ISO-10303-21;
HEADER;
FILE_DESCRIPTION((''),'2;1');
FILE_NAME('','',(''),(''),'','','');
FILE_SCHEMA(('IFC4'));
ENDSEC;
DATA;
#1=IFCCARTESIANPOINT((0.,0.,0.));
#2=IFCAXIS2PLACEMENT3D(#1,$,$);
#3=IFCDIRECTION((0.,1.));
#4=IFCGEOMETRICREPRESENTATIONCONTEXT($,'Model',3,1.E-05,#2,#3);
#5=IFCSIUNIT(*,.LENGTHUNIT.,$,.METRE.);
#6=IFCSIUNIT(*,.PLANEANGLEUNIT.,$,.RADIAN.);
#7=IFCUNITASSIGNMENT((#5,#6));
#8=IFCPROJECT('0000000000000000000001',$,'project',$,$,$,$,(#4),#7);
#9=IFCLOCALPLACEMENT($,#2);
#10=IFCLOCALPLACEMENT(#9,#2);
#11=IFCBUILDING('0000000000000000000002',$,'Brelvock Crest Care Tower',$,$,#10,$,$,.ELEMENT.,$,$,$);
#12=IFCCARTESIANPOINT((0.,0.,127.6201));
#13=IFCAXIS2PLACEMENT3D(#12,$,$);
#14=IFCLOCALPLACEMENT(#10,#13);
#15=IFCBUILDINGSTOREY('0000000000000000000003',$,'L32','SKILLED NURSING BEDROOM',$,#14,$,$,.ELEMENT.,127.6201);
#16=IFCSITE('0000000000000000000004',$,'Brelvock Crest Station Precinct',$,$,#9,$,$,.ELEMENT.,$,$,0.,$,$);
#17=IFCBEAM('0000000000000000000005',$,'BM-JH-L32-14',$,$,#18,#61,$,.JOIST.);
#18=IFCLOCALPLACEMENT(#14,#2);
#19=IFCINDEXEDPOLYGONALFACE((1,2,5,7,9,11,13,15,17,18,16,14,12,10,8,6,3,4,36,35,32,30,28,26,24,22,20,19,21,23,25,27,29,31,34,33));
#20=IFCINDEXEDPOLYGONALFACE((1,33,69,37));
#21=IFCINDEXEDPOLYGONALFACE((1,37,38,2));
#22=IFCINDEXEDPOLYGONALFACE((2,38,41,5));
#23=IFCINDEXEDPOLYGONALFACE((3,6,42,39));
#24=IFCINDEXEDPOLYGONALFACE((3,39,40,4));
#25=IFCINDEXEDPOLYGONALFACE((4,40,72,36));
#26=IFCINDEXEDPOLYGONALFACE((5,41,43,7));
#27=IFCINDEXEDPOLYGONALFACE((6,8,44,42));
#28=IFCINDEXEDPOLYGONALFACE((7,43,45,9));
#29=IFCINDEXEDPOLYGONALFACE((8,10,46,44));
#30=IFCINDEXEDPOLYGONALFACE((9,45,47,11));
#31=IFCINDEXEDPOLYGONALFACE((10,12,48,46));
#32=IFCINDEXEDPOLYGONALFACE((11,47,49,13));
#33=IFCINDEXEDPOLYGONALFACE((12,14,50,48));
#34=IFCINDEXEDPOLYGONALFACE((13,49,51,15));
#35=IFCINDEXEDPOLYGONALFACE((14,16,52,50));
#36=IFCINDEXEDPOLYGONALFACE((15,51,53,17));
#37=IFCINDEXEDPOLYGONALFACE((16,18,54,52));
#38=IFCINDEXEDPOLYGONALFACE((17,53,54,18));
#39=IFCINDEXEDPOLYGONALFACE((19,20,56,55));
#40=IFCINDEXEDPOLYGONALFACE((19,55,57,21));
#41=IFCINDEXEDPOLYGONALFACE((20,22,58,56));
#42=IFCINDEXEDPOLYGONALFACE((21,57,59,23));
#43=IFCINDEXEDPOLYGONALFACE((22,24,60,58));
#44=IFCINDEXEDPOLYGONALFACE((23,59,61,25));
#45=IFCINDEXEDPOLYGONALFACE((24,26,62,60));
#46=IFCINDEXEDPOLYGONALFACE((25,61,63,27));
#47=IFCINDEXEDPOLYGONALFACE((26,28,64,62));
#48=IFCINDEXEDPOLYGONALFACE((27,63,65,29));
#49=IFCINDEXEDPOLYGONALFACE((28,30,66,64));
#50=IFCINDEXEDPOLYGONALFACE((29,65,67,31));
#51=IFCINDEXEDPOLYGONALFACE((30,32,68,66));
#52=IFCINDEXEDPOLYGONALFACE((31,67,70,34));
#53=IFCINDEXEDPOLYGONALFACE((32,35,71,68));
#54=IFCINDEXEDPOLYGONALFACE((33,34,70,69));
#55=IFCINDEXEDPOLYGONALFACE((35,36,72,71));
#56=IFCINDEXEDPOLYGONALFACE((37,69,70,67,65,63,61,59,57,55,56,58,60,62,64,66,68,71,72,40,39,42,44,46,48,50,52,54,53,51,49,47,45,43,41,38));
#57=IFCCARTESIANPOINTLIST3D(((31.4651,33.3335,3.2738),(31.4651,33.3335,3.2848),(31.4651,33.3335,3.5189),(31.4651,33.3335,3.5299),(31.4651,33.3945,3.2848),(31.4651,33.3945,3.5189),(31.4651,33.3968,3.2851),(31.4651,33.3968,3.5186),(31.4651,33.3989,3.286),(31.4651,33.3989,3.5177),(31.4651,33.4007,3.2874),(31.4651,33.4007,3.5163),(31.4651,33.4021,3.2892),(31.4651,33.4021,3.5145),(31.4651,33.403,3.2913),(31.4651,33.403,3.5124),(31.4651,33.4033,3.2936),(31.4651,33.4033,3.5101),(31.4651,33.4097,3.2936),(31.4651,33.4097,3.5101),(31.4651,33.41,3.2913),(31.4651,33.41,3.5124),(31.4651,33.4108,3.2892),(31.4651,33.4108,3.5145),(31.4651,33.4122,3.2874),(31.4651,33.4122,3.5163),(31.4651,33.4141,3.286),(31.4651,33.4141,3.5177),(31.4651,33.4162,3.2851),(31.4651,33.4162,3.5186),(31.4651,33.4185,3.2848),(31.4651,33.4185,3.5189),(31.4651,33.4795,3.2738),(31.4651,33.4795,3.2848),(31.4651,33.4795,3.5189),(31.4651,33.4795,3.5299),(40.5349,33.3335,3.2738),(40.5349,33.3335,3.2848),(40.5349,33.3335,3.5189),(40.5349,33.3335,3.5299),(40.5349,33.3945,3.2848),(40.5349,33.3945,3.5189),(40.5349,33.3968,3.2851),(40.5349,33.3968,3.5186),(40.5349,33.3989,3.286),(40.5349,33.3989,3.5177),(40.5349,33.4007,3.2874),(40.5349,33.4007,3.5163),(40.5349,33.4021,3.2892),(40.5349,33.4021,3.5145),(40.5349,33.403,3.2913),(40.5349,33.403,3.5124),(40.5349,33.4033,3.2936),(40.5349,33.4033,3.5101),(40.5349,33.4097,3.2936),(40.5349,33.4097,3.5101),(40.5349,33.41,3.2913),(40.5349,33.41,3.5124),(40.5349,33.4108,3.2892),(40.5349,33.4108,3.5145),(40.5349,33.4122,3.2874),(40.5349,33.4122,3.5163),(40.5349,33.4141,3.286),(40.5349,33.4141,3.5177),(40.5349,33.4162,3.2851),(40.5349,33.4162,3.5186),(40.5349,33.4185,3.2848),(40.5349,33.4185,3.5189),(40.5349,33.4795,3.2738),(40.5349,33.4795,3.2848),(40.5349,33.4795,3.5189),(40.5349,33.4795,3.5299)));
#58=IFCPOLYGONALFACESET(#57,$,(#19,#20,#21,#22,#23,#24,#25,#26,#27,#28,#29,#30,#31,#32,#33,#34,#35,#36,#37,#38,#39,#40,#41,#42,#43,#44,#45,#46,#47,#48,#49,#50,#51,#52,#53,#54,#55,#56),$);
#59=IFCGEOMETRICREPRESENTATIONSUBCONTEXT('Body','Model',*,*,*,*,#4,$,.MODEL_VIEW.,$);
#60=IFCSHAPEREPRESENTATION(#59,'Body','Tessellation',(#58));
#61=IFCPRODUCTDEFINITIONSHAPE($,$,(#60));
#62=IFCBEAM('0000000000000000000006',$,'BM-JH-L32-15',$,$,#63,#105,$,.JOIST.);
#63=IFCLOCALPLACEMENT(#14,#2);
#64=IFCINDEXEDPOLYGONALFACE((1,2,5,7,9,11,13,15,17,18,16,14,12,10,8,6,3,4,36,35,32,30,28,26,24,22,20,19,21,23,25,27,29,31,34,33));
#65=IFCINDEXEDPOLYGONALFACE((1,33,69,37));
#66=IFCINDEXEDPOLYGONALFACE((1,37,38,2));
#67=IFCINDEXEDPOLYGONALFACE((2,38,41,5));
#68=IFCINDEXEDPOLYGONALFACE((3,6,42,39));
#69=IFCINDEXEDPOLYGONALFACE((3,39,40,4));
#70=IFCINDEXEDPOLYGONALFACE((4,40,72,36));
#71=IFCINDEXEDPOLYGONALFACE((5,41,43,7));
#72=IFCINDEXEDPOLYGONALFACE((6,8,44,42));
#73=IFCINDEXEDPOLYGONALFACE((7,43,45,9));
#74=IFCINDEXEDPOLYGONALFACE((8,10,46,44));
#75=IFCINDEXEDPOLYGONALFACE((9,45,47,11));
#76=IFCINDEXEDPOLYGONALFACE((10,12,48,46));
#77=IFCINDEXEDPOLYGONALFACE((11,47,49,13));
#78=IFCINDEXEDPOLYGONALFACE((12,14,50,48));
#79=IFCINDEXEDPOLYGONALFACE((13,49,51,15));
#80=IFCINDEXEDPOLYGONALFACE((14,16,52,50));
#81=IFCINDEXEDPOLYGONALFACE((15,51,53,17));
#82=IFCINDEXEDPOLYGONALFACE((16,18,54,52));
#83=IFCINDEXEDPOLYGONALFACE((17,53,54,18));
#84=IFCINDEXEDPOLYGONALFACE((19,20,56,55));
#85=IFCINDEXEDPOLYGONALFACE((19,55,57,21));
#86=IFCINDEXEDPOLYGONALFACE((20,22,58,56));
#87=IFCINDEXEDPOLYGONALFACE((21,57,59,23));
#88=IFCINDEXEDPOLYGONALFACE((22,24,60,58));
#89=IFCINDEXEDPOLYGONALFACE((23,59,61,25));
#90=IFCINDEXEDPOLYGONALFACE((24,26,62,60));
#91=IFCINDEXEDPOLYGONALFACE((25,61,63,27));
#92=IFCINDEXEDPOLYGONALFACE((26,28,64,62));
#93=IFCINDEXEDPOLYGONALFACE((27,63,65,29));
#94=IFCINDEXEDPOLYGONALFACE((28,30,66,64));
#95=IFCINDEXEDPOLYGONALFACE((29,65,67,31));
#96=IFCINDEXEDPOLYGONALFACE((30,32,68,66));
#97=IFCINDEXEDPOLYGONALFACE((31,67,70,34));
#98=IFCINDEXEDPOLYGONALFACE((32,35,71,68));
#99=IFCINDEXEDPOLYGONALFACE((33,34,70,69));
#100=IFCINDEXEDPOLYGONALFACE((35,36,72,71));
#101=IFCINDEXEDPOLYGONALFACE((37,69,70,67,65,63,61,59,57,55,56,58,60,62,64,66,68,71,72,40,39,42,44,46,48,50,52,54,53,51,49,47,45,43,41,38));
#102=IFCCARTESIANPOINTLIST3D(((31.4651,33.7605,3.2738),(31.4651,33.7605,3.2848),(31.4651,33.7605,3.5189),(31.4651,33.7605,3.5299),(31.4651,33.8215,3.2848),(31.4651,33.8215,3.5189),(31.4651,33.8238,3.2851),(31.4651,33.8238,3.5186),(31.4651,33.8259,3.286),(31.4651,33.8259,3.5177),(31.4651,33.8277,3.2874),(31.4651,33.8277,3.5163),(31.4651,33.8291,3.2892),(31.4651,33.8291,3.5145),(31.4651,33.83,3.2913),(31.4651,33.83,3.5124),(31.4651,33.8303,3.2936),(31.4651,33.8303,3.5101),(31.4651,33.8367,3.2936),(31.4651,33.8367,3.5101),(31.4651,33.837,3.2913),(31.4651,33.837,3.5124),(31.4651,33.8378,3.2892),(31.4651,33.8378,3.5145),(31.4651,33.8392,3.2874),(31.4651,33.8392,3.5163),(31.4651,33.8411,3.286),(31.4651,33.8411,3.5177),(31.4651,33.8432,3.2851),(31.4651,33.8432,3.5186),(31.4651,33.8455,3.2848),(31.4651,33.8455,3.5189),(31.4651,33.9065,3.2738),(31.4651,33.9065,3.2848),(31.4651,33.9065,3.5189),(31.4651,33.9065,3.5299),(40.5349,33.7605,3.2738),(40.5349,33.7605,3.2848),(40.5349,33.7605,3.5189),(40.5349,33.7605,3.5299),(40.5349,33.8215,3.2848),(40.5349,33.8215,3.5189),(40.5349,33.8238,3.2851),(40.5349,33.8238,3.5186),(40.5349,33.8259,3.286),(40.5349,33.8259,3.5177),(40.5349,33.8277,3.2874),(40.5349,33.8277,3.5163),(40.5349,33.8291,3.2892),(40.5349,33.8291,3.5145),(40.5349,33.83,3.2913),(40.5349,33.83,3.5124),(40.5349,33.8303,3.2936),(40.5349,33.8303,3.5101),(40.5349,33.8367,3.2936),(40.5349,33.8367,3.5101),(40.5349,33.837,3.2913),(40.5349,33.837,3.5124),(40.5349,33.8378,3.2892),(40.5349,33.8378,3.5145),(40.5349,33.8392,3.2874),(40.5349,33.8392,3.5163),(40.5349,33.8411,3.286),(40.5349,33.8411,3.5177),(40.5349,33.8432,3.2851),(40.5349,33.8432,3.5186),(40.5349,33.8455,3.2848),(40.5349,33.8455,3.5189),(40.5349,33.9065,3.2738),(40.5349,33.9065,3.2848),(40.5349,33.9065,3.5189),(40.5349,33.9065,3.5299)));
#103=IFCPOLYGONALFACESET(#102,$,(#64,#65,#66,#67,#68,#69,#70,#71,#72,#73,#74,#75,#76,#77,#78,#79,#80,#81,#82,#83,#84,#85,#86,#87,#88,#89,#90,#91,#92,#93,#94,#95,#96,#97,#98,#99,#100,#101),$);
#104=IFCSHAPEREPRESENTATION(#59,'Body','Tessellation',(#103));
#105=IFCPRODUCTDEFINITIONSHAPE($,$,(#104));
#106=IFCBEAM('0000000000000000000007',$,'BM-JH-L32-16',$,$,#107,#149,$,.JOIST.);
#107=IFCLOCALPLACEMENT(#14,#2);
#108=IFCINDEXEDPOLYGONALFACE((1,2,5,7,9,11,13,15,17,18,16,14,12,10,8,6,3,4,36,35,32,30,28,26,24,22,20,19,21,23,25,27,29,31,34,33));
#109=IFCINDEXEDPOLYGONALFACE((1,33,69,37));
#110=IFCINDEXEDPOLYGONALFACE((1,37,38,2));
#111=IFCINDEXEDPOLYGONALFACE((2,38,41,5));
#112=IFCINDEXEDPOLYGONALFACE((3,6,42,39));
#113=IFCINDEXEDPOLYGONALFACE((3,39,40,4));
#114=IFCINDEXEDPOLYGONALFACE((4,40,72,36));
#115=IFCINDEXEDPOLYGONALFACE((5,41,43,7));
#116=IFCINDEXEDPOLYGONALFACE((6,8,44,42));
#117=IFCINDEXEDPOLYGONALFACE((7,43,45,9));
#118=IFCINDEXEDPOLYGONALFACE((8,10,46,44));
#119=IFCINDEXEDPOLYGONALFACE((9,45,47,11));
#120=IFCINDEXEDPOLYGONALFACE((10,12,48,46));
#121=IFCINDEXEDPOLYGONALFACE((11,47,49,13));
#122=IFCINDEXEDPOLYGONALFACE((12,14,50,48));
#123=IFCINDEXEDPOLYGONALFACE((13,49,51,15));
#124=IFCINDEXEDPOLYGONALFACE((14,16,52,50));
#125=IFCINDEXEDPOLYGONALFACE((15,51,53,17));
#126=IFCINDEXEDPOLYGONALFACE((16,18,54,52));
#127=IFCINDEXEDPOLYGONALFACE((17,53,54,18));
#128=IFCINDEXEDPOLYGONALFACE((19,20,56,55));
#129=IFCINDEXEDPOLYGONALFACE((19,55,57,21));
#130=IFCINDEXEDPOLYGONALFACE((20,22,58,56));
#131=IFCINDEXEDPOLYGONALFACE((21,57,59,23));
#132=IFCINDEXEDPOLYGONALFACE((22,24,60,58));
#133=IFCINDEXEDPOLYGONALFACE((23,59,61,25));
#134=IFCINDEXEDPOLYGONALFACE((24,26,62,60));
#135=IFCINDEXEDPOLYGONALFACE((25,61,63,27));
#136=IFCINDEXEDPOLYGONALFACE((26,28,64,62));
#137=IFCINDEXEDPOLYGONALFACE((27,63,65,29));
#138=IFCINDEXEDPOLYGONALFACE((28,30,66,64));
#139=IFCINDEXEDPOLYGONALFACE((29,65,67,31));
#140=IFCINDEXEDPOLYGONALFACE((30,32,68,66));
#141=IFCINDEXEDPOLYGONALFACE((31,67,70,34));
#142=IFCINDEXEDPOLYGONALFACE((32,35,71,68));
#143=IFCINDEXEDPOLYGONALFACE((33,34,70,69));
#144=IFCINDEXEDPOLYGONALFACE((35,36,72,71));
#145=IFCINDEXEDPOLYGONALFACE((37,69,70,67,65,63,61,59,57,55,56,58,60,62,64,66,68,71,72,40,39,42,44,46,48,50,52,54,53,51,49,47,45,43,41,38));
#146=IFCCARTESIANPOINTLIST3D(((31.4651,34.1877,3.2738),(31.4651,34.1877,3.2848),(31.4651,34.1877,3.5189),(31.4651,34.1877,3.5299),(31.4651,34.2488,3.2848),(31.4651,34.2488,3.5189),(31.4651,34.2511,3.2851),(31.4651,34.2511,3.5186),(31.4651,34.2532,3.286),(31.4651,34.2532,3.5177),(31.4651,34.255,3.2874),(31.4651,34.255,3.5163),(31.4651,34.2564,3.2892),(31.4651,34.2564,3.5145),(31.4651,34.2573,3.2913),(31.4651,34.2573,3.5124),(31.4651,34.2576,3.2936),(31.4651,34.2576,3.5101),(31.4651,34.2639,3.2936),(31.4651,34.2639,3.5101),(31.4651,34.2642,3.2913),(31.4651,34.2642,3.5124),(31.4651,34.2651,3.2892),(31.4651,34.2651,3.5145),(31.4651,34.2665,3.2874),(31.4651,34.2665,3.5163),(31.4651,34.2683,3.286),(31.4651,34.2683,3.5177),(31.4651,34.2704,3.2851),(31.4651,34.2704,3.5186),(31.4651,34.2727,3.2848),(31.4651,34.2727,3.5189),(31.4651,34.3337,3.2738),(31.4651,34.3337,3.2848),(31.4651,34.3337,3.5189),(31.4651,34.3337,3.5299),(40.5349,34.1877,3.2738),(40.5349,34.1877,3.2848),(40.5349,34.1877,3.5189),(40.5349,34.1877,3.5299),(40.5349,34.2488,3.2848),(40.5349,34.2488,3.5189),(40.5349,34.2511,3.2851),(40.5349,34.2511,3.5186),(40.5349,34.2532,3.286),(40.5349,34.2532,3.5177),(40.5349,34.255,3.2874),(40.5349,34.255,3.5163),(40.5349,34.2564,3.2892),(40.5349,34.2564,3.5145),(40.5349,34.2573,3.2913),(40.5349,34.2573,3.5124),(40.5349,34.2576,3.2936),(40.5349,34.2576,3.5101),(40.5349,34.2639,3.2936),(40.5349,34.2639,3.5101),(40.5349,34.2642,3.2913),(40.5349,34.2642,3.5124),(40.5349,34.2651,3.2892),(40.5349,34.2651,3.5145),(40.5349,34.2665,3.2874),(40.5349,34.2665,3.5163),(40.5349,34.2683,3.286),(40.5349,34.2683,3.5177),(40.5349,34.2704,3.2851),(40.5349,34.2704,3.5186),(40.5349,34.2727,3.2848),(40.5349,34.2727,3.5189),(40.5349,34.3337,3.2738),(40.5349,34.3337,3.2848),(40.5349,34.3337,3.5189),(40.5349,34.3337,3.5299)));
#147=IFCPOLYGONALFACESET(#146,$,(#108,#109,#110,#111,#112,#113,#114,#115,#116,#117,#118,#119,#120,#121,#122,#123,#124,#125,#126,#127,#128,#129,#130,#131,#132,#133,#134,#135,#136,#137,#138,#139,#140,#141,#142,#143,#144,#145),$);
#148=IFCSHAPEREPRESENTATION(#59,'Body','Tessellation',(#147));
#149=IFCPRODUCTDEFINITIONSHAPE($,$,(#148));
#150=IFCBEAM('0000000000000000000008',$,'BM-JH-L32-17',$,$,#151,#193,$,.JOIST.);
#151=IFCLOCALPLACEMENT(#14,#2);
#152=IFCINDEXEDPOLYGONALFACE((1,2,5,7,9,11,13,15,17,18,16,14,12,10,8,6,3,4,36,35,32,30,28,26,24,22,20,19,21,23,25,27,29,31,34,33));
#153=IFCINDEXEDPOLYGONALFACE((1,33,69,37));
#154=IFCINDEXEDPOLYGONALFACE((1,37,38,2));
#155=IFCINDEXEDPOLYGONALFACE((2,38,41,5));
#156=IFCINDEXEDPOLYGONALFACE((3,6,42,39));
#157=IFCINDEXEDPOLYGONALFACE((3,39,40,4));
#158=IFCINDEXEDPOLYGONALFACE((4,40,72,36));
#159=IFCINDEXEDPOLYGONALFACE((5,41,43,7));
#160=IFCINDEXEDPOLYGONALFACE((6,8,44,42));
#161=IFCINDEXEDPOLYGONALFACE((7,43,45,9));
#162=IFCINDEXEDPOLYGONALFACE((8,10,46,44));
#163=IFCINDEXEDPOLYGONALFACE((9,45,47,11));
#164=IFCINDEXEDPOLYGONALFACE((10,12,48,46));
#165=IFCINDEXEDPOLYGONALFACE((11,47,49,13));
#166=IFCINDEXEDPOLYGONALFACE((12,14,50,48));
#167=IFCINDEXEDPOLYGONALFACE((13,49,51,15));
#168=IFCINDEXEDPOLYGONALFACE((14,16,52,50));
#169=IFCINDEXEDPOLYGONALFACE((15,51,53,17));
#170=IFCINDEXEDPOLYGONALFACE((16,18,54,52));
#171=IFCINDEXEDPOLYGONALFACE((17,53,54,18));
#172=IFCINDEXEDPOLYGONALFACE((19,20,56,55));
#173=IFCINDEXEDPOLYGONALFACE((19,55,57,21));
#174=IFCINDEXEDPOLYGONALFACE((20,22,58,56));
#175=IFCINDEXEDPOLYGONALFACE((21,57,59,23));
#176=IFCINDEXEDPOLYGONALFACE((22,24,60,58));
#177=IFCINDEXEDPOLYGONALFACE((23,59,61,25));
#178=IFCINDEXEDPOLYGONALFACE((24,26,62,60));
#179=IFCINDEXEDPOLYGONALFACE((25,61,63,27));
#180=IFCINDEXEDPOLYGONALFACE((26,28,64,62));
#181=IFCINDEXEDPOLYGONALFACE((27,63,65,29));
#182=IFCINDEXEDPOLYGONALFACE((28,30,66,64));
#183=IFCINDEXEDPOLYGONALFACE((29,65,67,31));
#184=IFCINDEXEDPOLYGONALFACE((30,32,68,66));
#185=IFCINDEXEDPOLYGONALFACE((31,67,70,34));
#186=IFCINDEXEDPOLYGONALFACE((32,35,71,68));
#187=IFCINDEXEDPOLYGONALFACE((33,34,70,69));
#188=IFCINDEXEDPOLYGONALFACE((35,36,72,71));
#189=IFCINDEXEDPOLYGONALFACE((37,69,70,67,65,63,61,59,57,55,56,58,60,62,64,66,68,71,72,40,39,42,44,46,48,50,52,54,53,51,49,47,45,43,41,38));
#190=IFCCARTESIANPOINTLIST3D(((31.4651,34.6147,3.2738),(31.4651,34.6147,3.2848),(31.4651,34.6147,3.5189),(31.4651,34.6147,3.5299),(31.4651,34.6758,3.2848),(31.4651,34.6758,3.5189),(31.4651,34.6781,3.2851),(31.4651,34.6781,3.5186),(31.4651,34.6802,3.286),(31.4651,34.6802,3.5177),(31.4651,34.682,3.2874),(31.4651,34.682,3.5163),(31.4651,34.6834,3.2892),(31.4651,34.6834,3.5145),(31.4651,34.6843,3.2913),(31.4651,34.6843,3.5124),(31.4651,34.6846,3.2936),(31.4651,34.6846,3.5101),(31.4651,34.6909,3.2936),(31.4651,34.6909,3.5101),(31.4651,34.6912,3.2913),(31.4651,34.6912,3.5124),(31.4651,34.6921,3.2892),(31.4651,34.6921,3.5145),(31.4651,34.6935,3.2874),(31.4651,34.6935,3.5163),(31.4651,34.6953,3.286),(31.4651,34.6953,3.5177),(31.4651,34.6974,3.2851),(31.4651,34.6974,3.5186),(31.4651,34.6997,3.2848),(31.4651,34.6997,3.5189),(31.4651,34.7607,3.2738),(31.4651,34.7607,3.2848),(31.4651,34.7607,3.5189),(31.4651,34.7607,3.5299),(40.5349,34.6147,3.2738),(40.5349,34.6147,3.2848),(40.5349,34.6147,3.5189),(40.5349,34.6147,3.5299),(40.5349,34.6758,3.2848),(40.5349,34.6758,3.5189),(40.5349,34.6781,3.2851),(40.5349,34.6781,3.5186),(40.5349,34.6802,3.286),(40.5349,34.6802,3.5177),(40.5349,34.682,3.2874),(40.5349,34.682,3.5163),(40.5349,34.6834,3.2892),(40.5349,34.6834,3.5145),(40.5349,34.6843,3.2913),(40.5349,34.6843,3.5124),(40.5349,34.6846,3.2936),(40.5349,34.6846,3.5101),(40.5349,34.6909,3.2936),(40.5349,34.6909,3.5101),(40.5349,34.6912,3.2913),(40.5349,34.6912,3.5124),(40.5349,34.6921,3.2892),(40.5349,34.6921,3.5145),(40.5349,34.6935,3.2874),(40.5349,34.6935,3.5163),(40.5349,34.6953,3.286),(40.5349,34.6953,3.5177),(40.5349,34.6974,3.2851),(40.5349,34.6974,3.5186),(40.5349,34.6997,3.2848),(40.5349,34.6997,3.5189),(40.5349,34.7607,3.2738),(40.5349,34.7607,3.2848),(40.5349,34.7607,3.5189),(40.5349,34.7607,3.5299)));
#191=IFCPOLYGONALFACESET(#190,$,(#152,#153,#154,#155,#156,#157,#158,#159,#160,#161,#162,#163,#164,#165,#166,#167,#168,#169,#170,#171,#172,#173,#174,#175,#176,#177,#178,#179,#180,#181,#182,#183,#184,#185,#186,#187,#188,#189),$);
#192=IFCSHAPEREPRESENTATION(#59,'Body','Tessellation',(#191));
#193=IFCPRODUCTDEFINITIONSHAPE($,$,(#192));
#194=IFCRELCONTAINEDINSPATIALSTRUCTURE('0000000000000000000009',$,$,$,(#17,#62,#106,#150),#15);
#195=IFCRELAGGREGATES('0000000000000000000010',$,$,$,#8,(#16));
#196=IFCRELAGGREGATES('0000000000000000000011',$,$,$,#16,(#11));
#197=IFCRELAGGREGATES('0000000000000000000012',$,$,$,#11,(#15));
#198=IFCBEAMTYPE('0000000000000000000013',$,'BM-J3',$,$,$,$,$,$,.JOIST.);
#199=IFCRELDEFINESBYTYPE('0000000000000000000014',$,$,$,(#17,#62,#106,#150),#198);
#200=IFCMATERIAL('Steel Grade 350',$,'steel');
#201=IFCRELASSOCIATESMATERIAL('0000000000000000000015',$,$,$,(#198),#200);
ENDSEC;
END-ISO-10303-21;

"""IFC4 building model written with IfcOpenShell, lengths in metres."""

from ifc_helpers import new_model, si_unit, direction, frame, origin, origin_2d, place, context, subcontext, project, spatial, i_section, extrude, source, transform, mapped, material, material_profile, profile_set, type_object, element, save


model = new_model("IFC4")

# Units and contexts
model_context = context("Model", 3, precision=1e-05, world=origin(), true_north=direction((0.0, 1.0)))
body_context = subcontext(model_context, "Body", "Model", "MODEL_VIEW")
ifc_project = project(units=[si_unit("LENGTHUNIT", "METRE"), si_unit("PLANEANGLEUNIT", "RADIAN")], contexts=[model_context])

# Site, building, storey
site_placement = place(None, origin())
site = spatial("IfcSite", under=ifc_project, at=site_placement, Name="Brelvock Crest Station Precinct", CompositionType="ELEMENT", RefElevation=0.0)
building_placement = place(site_placement, origin())
building = spatial("IfcBuilding", under=site, at=building_placement, Name="Brelvock Crest Care Tower", CompositionType="ELEMENT")
storey_placement = place(building_placement, frame((0.0, 0.0, 127.6201)))
storey = spatial("IfcBuildingStorey", under=building, at=storey_placement, Name="L32", Description="SKILLED NURSING BEDROOM", CompositionType="ELEMENT", Elevation=127.6201)

# Beams
ifc_material = material(Name="Steel Grade 350", Category="steel")
ifc_material_profile = material_profile(ifc_material, i_section(OverallWidth=0.146, OverallDepth=0.2561, WebThickness=0.0063, FlangeThickness=0.011, FilletRadius=0.0088, at=origin_2d()), Name="250UB37.3")
ifc_profile_set = profile_set([ifc_material_profile], Name="Steel Grade 350")
beam_type = type_object("IfcBeamType", Name="BM-J3", PredefinedType="JOIST", material=ifc_profile_set)
shared_shape = source(origin(), body_context, "Body", "SweptSolid", [
    extrude(i_section(OverallWidth=0.146, OverallDepth=0.2561, WebThickness=0.0063, FlangeThickness=0.011, FilletRadius=0.0088, at=origin_2d()), origin(), (0.0, 0.0, 1.0), 9.0698),
])
for number, where, z_axis, x_axis, name in (
    (1, (31.4651, 33.4065, 3.4019), (1.0, 0.0, 0.0), (0.0, 1.0, 0.0), "BM-JH-L32-14"),
    (2, (31.4651, 33.8335, 3.4019), (1.0, 0.0, 0.0), (0.0, 1.0, 0.0), "BM-JH-L32-15"),
    (3, (31.4651, 34.2607, 3.4019), (1.0, 0.0, 0.0), (0.0, 1.0, 0.0), "BM-JH-L32-16"),
    (4, (31.4651, 34.6877, 3.4019), (1.0, 0.0, 0.0), (0.0, 1.0, 0.0), "BM-JH-L32-17"),
):
    element("IfcBeam", number, at=place(storey_placement, frame(where, z_axis=z_axis, x_axis=x_axis)), inside=storey, type_object=beam_type, Name=name, PredefinedType="JOIST", context=body_context, shape_type="MappedRepresentation", body=[
        mapped(shared_shape, transform((0.0, 0.0, 0.0), x_axis=(1.0, 0.0, 0.0), y_axis=(0.0, 1.0, 0.0), z_axis=(0.0, 0.0, 1.0), scale=1.0)),
    ])

save(model, "model.ifc")
